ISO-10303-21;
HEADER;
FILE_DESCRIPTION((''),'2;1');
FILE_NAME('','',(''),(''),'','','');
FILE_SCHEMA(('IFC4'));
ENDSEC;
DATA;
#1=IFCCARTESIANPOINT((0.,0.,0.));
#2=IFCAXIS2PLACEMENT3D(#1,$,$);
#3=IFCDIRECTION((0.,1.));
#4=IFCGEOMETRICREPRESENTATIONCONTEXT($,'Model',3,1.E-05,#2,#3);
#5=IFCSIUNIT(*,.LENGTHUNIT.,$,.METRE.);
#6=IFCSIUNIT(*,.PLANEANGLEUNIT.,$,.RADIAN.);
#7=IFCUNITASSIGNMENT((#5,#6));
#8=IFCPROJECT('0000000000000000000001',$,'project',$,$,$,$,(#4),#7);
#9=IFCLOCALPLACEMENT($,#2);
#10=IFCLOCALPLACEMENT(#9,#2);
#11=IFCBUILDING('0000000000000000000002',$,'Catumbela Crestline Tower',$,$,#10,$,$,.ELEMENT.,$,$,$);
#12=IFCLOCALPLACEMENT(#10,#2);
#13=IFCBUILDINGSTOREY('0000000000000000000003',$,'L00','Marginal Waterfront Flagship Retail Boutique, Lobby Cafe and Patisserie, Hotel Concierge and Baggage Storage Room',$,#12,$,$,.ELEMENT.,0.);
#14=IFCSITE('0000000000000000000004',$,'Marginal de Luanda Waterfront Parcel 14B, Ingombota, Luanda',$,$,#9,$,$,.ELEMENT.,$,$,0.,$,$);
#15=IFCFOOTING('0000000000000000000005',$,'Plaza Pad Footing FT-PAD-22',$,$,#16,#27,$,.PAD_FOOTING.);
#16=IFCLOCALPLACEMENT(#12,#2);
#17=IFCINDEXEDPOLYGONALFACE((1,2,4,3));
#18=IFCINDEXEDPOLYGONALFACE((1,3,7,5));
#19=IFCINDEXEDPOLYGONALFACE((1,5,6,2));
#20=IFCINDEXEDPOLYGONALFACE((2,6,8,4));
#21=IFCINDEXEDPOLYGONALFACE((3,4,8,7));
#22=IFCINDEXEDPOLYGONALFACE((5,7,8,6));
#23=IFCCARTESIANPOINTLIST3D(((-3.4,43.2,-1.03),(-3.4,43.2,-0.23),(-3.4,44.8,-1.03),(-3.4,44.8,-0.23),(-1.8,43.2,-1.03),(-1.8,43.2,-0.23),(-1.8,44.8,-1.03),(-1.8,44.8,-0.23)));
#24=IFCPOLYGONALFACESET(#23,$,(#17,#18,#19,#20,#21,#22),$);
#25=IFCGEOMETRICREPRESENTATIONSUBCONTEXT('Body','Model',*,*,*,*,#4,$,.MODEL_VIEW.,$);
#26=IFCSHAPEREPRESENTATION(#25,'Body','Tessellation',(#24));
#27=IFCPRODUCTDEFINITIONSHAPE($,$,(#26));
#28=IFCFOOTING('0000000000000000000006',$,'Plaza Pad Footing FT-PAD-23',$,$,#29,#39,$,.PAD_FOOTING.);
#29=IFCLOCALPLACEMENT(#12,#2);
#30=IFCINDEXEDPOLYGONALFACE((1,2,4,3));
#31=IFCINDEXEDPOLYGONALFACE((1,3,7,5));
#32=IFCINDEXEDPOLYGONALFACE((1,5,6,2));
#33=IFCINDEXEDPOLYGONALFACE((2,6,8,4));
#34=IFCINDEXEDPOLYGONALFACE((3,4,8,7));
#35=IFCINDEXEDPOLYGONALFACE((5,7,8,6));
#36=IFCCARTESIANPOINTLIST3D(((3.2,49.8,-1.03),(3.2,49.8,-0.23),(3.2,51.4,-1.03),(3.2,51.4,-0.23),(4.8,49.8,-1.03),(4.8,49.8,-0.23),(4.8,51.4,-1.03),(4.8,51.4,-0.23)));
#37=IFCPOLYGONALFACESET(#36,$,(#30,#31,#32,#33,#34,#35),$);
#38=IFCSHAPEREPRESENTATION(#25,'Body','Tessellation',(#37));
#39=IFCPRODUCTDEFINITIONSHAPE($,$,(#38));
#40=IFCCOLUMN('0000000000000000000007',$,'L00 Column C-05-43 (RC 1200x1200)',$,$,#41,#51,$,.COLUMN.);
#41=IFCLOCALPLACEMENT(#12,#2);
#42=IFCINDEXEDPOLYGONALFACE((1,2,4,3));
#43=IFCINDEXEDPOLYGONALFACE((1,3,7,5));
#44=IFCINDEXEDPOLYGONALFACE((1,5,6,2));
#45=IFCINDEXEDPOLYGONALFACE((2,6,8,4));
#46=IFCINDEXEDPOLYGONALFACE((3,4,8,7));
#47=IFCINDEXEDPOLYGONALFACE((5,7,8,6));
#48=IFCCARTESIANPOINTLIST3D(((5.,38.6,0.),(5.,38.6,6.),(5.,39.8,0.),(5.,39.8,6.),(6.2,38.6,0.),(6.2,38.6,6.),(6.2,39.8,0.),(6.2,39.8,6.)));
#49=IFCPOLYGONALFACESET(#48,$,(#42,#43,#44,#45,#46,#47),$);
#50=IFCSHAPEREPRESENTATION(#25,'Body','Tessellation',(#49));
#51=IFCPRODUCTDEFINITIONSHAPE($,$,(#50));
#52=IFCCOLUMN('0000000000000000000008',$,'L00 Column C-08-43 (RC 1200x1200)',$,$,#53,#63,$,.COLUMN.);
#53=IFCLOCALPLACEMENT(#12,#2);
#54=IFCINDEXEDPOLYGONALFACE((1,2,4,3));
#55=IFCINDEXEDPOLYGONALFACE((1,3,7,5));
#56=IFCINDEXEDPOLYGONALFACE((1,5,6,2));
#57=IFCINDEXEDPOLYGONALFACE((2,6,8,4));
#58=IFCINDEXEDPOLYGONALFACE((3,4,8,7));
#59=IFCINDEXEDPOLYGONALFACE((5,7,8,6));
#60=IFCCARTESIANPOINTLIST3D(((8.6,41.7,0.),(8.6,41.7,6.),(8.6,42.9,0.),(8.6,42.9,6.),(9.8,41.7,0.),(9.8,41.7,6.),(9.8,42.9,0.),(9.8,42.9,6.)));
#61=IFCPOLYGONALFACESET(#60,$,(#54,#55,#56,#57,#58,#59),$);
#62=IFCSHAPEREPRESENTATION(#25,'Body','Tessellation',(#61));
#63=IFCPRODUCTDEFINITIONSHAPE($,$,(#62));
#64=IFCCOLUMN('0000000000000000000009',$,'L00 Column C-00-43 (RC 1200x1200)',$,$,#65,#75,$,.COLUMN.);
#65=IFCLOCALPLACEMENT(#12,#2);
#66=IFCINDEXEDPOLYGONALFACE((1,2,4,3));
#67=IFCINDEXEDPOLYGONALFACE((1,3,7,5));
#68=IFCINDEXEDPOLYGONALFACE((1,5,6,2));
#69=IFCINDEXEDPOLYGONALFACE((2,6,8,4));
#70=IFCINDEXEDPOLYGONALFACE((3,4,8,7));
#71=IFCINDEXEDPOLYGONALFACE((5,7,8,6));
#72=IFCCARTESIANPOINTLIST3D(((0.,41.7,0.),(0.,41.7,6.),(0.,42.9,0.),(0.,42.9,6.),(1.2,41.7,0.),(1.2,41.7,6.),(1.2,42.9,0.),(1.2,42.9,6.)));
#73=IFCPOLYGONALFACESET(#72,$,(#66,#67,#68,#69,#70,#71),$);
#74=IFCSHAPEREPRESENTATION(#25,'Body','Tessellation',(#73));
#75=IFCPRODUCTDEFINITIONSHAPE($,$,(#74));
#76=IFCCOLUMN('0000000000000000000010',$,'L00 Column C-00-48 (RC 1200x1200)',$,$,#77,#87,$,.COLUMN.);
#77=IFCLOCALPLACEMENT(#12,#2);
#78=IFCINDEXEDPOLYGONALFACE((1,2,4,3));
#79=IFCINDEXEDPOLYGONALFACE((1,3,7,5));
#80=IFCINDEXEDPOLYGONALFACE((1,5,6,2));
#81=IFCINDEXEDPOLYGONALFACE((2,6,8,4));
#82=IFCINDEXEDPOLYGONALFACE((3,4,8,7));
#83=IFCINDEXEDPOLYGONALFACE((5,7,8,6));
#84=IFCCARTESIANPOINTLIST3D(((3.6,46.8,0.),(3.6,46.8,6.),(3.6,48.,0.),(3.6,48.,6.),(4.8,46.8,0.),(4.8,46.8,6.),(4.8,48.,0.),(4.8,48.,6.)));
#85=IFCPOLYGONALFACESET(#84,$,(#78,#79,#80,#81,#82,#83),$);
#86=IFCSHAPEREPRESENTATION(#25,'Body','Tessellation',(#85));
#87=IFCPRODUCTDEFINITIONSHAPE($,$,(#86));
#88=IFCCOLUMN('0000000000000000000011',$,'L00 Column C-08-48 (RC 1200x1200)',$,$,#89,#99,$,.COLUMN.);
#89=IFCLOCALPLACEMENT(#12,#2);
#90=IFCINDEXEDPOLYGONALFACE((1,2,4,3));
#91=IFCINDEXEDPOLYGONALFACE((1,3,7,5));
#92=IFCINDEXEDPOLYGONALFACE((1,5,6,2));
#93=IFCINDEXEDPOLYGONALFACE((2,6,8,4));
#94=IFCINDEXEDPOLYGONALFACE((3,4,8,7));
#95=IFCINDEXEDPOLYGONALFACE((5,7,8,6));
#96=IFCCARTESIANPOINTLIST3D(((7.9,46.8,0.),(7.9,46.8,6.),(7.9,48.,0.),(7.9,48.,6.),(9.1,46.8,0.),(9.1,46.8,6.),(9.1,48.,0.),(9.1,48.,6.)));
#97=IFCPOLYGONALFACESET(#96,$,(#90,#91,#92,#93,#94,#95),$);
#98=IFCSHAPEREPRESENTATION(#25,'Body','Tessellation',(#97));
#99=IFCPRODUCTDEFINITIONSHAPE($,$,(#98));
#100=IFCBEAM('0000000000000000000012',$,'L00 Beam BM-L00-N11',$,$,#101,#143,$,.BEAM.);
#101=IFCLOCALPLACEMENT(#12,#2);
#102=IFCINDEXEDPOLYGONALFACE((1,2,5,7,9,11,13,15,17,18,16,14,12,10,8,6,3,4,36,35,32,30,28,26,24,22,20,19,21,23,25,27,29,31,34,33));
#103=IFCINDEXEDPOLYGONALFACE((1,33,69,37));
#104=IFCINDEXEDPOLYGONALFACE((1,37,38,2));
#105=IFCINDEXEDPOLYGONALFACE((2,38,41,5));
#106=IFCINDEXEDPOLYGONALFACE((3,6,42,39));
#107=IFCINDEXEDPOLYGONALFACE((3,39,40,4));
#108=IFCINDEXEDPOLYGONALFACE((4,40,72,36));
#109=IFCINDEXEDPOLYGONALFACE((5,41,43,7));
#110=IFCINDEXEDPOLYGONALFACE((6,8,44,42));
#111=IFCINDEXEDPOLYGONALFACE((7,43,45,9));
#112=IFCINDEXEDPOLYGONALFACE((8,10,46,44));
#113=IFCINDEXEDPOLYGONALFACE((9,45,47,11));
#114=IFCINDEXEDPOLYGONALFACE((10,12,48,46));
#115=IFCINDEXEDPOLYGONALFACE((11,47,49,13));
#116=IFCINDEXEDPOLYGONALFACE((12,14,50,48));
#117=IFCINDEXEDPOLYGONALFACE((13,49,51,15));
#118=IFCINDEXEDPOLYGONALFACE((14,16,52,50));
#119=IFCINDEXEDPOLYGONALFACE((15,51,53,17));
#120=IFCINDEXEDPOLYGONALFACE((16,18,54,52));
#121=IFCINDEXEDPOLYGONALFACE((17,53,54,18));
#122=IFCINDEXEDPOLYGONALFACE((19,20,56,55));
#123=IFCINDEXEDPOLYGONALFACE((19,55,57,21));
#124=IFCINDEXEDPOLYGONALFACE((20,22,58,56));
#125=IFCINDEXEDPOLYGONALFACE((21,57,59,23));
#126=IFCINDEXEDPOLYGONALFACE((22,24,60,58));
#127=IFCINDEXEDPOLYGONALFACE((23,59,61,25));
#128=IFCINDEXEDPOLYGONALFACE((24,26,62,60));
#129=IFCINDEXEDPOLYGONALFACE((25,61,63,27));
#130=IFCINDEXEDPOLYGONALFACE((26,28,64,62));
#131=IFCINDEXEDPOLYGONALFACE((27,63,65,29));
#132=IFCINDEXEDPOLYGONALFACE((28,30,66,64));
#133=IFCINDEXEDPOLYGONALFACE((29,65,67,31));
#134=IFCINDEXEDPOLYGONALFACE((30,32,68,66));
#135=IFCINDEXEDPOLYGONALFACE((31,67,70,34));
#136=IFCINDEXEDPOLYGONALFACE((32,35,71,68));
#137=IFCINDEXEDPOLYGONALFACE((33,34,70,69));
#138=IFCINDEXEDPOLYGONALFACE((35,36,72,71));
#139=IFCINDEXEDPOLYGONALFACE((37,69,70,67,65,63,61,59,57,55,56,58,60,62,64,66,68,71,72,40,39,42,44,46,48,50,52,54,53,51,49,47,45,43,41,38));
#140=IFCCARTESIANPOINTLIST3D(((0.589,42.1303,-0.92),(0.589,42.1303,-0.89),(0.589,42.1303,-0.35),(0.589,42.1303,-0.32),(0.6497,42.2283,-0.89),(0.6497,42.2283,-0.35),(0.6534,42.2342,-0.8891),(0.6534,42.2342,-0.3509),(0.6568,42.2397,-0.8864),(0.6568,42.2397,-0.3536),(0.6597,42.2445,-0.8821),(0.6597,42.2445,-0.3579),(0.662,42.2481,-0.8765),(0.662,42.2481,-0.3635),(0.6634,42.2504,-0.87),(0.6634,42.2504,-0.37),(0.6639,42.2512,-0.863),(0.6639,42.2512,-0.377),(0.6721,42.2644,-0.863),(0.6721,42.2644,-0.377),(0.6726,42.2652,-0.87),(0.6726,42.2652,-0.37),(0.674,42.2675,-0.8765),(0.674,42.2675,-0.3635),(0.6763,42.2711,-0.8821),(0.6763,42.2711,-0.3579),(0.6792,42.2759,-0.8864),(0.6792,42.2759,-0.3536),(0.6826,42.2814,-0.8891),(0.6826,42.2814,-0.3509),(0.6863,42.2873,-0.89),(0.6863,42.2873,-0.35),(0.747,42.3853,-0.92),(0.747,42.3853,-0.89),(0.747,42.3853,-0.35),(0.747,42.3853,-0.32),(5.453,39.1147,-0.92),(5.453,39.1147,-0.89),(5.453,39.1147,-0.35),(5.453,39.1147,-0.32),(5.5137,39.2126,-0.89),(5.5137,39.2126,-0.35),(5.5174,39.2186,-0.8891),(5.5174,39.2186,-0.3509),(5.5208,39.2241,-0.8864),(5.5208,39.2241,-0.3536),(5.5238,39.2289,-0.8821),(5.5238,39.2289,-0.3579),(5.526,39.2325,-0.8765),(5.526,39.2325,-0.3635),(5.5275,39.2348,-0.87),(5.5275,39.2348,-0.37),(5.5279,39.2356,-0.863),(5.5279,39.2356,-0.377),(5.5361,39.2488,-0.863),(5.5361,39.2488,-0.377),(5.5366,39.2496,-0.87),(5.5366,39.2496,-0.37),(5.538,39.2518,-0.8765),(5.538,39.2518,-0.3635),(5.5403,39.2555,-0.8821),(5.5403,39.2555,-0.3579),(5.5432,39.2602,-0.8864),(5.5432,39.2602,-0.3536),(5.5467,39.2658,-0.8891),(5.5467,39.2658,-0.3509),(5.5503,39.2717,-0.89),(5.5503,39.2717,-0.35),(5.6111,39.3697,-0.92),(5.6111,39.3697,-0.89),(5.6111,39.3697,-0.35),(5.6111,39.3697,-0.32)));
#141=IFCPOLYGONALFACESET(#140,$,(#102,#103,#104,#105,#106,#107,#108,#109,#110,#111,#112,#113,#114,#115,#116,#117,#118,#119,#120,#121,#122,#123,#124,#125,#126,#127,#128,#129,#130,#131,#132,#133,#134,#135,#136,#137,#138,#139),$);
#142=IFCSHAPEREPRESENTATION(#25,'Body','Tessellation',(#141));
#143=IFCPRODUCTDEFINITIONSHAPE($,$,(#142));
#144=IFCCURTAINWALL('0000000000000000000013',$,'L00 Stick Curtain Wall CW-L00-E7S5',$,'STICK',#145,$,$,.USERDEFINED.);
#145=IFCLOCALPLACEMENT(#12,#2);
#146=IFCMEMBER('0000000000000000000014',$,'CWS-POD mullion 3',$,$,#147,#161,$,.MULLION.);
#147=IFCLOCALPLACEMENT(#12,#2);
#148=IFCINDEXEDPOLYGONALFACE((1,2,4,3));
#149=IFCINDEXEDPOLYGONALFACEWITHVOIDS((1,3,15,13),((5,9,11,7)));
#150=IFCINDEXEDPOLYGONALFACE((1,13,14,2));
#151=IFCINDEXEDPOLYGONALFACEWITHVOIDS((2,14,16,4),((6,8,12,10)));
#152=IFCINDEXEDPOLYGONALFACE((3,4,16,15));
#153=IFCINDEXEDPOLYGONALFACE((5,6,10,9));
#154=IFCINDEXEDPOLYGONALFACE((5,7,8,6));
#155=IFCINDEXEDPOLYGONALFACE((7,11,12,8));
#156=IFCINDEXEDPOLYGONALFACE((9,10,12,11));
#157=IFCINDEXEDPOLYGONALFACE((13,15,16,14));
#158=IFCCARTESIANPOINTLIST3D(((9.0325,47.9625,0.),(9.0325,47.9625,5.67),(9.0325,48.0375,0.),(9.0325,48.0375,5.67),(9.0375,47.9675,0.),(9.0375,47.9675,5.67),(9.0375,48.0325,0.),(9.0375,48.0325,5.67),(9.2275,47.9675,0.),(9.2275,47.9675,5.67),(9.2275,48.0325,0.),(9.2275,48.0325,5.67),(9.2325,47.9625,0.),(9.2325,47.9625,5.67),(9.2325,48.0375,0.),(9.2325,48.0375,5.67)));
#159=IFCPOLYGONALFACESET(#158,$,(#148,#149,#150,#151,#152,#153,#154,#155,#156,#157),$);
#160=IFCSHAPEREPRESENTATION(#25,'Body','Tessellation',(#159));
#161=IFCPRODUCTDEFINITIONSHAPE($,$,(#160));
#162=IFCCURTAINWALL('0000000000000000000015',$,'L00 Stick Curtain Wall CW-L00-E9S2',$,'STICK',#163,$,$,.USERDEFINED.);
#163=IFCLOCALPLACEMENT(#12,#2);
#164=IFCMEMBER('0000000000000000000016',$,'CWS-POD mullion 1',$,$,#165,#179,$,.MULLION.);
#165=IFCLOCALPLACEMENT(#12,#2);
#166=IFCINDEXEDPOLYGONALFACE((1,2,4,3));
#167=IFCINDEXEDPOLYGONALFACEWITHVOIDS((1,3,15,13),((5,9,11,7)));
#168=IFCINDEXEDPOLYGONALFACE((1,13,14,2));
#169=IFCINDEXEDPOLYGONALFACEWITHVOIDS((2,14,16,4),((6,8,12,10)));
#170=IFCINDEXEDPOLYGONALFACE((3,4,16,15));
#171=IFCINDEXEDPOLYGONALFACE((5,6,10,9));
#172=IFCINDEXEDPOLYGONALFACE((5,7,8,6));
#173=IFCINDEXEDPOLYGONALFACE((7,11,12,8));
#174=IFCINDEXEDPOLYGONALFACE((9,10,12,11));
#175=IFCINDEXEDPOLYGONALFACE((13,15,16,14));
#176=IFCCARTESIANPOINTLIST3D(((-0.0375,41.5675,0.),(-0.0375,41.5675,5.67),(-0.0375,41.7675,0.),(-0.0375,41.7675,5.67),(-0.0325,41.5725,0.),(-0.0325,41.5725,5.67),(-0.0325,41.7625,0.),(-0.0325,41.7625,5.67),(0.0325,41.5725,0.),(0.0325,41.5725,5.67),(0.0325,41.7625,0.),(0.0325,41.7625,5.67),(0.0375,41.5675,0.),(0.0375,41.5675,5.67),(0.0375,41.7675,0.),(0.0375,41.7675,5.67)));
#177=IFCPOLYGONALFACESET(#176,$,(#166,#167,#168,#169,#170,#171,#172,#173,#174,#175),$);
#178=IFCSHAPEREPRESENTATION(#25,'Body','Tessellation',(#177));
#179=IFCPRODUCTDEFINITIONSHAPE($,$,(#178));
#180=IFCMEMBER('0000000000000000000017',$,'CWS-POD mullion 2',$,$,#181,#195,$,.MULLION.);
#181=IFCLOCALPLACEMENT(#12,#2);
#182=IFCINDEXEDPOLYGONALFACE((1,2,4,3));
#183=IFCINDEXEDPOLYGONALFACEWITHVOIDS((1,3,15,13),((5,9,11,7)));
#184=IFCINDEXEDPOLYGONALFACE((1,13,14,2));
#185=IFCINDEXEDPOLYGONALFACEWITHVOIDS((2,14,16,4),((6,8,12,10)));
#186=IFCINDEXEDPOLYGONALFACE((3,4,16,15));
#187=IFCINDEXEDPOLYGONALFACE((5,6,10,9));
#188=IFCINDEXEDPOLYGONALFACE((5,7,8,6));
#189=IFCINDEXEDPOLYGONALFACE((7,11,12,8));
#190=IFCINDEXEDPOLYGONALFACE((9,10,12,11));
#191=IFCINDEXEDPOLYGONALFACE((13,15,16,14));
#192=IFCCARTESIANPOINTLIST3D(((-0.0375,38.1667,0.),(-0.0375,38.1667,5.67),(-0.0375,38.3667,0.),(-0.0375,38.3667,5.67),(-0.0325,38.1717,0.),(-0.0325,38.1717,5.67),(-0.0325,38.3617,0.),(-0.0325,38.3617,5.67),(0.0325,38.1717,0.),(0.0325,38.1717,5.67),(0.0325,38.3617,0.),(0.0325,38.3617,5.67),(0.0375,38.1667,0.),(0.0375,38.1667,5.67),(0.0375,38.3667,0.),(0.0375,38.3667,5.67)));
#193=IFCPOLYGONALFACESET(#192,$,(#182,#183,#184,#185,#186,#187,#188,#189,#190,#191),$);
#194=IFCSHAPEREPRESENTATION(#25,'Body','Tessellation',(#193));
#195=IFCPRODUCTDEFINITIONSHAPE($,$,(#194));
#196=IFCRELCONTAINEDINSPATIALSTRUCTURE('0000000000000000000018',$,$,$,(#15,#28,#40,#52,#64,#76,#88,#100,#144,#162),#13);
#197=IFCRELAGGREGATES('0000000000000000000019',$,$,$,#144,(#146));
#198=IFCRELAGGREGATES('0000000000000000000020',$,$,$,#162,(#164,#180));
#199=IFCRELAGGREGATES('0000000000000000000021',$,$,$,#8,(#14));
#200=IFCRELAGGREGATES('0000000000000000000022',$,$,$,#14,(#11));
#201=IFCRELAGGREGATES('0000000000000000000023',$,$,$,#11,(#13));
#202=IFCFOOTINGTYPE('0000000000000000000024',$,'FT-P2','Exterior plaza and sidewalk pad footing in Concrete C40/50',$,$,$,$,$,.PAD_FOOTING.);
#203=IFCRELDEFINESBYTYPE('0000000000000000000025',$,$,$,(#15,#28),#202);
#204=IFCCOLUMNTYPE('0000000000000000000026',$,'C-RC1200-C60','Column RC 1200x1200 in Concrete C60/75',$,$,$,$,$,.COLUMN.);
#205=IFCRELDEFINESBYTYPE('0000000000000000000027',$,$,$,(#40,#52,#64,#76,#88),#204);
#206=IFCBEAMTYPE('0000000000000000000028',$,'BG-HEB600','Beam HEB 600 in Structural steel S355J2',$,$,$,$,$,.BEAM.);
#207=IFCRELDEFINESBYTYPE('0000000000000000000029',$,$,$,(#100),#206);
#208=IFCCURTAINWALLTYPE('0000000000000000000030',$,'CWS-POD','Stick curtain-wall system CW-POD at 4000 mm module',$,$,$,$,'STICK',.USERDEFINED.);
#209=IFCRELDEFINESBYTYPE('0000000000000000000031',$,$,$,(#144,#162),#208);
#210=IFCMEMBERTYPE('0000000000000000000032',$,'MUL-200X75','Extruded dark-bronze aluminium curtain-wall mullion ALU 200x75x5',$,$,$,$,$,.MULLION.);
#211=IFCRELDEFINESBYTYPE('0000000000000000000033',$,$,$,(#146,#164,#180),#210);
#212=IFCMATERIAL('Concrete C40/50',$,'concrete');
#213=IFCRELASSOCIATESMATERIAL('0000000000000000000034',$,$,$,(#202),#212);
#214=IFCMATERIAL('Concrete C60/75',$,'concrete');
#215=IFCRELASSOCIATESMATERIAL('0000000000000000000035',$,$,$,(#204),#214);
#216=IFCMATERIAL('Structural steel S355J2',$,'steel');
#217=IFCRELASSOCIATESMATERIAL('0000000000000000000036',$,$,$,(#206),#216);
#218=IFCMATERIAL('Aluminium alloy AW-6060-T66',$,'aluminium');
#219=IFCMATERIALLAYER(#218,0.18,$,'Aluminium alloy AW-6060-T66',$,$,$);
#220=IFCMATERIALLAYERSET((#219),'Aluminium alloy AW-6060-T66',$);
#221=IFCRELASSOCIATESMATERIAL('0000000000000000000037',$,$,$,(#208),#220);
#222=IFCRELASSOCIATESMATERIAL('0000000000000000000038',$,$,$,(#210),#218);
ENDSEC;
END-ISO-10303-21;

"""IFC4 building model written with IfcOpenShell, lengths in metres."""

from ifc_helpers import new_model, si_unit, direction, frame, origin, origin_2d, place, context, subcontext, project, spatial, rectangle, hollow_rectangle, i_section, extrude, material, layer, layer_set, material_profile, profile_set, type_object, element, aggregate, save


model = new_model("IFC4")

# Units and contexts
model_context = context("Model", 3, precision=1e-05, world=origin(), true_north=direction((0.0, 1.0)))
body_context = subcontext(model_context, "Body", "Model", "MODEL_VIEW")
ifc_project = project(units=[si_unit("LENGTHUNIT", "METRE"), si_unit("PLANEANGLEUNIT", "RADIAN")], contexts=[model_context])

# Site, building, storey
site_placement = place(None, origin())
site = spatial("IfcSite", under=ifc_project, at=site_placement, Name="Marginal de Luanda Waterfront Parcel 14B, Ingombota, Luanda", CompositionType="ELEMENT", RefElevation=0.0)
building_placement = place(site_placement, origin())
building = spatial("IfcBuilding", under=site, at=building_placement, Name="Catumbela Crestline Tower", CompositionType="ELEMENT")
storey_placement = place(building_placement, origin())
storey = spatial("IfcBuildingStorey", under=building, at=storey_placement, Name="L00", Description="Marginal Waterfront Flagship Retail Boutique, Lobby Cafe and Patisserie, Hotel Concierge and Baggage Storage Room", CompositionType="ELEMENT", Elevation=0.0)

# Footings
ifc_material_1 = material(Name="Concrete C40/50", Category="concrete")
footing_type = type_object("IfcFootingType", Name="FT-P2", Description="Exterior plaza and sidewalk pad footing in Concrete C40/50", PredefinedType="PAD_FOOTING", material=ifc_material_1)
for number, where, z_axis, x_axis, name in (
    (1, (-2.6, 44.0, -1.03), (0.0, 0.0, 1.0), (1.0, 0.0, 0.0), "Plaza Pad Footing FT-PAD-22"),
    (2, (4.0, 50.6, -1.03), (0.0, 0.0, 1.0), (1.0, 0.0, 0.0), "Plaza Pad Footing FT-PAD-23"),
):
    element("IfcFooting", number, at=place(storey_placement, frame(where, z_axis=z_axis, x_axis=x_axis)), inside=storey, type_object=footing_type, Name=name, PredefinedType="PAD_FOOTING", context=body_context, shape_type="SweptSolid", body=[
        extrude(rectangle(XDim=1.6, YDim=1.6, at=origin_2d()), origin(), (0.0, 0.0, 1.0), 0.8),
    ])

# Columns
ifc_material_2 = material(Name="Concrete C60/75", Category="concrete")
ifc_material_profile_1 = material_profile(ifc_material_2, rectangle(XDim=1.2, YDim=1.2, at=origin_2d()), Name="RC 1200x1200")
ifc_profile_set_1 = profile_set([ifc_material_profile_1], Name="Concrete C60/75")
column_type = type_object("IfcColumnType", Name="C-RC1200-C60", Description="Column RC 1200x1200 in Concrete C60/75", PredefinedType="COLUMN", material=ifc_profile_set_1)
for number, where, z_axis, x_axis, name in (
    (3, (5.6, 39.2, 0.0), (0.0, 0.0, 1.0), (1.0, 0.0, 0.0), "L00 Column C-05-43 (RC 1200x1200)"),
    (4, (9.2, 42.3, 0.0), (0.0, 0.0, 1.0), (1.0, 0.0, 0.0), "L00 Column C-08-43 (RC 1200x1200)"),
    (5, (0.6, 42.3, 0.0), (0.0, 0.0, 1.0), (1.0, 0.0, 0.0), "L00 Column C-00-43 (RC 1200x1200)"),
    (6, (4.2, 47.4, 0.0), (0.0, 0.0, 1.0), (1.0, 0.0, 0.0), "L00 Column C-00-48 (RC 1200x1200)"),
    (7, (8.5, 47.4, 0.0), (0.0, 0.0, 1.0), (1.0, 0.0, 0.0), "L00 Column C-08-48 (RC 1200x1200)"),
):
    element("IfcColumn", number, at=place(storey_placement, frame(where, z_axis=z_axis, x_axis=x_axis)), inside=storey, type_object=column_type, Name=name, PredefinedType="COLUMN", context=body_context, shape_type="SweptSolid", body=[
        extrude(rectangle(XDim=1.2, YDim=1.2, at=origin_2d()), origin(), (0.0, 0.0, 1.0), 6.0),
    ])

# Beam
ifc_material_3 = material(Name="Structural steel S355J2", Category="steel")
ifc_material_profile_2 = material_profile(ifc_material_3, i_section(OverallWidth=0.3, OverallDepth=0.6, WebThickness=0.0155, FlangeThickness=0.03, FilletRadius=0.027, at=origin_2d()), Name="HEB 600")
ifc_profile_set_2 = profile_set([ifc_material_profile_2], Name="Structural steel S355J2")
beam_type_1 = type_object("IfcBeamType", Name="BG-HEB600", Description="Beam HEB 600 in Structural steel S355J2", PredefinedType="BEAM", material=ifc_profile_set_2)
beam_1_placement = place(storey_placement, frame((0.668, 42.2578, -0.62), z_axis=(0.849909, -0.52693, 0.0), x_axis=(0.52693, 0.849909, 0.0)))
element("IfcBeam", 8, at=beam_1_placement, inside=storey, type_object=beam_type_1, Name="L00 Beam BM-L00-N11", PredefinedType="BEAM", context=body_context, shape_type="SweptSolid", body=[
    extrude(i_section(OverallWidth=0.3, OverallDepth=0.6, WebThickness=0.0155, FlangeThickness=0.03, FilletRadius=0.027, at=origin_2d()), origin(), (0.0, 0.0, 1.0), 5.723),
])

# Curtain wall, member
ifc_material_4 = material(Name="Aluminium alloy AW-6060-T66", Category="aluminium")
ifc_layer_1 = layer(ifc_material_4, 0.18, Name="Aluminium alloy AW-6060-T66")
ifc_layer_set_1 = layer_set([ifc_layer_1], Name="Aluminium alloy AW-6060-T66")
curtain_wall_type = type_object("IfcCurtainWallType", Name="CWS-POD", Description="Stick curtain-wall system CW-POD at 4000 mm module", ElementType="STICK", PredefinedType="USERDEFINED", material=ifc_layer_set_1)
curtain_wall_1_placement = place(storey_placement, origin())
curtain_wall_1 = element("IfcCurtainWall", 9, at=curtain_wall_1_placement, inside=storey, type_object=curtain_wall_type, Name="L00 Stick Curtain Wall CW-L00-E7S5", ObjectType="STICK", PredefinedType="USERDEFINED")
ifc_material_profile_3 = material_profile(ifc_material_4, hollow_rectangle(XDim=0.075, YDim=0.2, WallThickness=0.005, at=origin_2d()), Name="ALU 200x75x5")
ifc_profile_set_3 = profile_set([ifc_material_profile_3], Name="Aluminium alloy AW-6060-T66")
member_type_1 = type_object("IfcMemberType", Name="MUL-200X75", Description="Extruded dark-bronze aluminium curtain-wall mullion ALU 200x75x5", PredefinedType="MULLION", material=ifc_profile_set_3)
member_1_placement = place(storey_placement, frame((9.1325, 48.0, 0.0), z_axis=(0.0, 0.0, 1.0), x_axis=(0.0, -1.0, 0.0)))
member_1 = element("IfcMember", 10, at=member_1_placement, type_object=member_type_1, Name="CWS-POD mullion 3", PredefinedType="MULLION", context=body_context, shape_type="SweptSolid", body=[
    extrude(hollow_rectangle(XDim=0.075, YDim=0.2, WallThickness=0.005, at=origin_2d()), origin(), (0.0, 0.0, 1.0), 5.67),
])

# Curtain wall, members
curtain_wall_2_placement = place(storey_placement, origin())
curtain_wall_2 = element("IfcCurtainWall", 11, at=curtain_wall_2_placement, inside=storey, type_object=curtain_wall_type, Name="L00 Stick Curtain Wall CW-L00-E9S2", ObjectType="STICK", PredefinedType="USERDEFINED")
member_2_placement = place(storey_placement, frame((0.0, 41.6675, 0.0), z_axis=(0.0, 0.0, 1.0), x_axis=(1.0, 0.0, 0.0)))
member_2 = element("IfcMember", 12, at=member_2_placement, type_object=member_type_1, Name="CWS-POD mullion 1", PredefinedType="MULLION", context=body_context, shape_type="SweptSolid", body=[
    extrude(hollow_rectangle(XDim=0.075, YDim=0.2, WallThickness=0.005, at=origin_2d()), origin(), (0.0, 0.0, 1.0), 5.67),
])
member_3_placement = place(storey_placement, frame((0.0, 38.2667, 0.0), z_axis=(0.0, 0.0, 1.0), x_axis=(1.0, 0.0, 0.0)))
member_3 = element("IfcMember", 13, at=member_3_placement, type_object=member_type_1, Name="CWS-POD mullion 2", PredefinedType="MULLION", context=body_context, shape_type="SweptSolid", body=[
    extrude(hollow_rectangle(XDim=0.075, YDim=0.2, WallThickness=0.005, at=origin_2d()), origin(), (0.0, 0.0, 1.0), 5.67),
])

aggregate(curtain_wall_1, [member_1])
aggregate(curtain_wall_2, [member_2, member_3])

save(model, "model.ifc")
